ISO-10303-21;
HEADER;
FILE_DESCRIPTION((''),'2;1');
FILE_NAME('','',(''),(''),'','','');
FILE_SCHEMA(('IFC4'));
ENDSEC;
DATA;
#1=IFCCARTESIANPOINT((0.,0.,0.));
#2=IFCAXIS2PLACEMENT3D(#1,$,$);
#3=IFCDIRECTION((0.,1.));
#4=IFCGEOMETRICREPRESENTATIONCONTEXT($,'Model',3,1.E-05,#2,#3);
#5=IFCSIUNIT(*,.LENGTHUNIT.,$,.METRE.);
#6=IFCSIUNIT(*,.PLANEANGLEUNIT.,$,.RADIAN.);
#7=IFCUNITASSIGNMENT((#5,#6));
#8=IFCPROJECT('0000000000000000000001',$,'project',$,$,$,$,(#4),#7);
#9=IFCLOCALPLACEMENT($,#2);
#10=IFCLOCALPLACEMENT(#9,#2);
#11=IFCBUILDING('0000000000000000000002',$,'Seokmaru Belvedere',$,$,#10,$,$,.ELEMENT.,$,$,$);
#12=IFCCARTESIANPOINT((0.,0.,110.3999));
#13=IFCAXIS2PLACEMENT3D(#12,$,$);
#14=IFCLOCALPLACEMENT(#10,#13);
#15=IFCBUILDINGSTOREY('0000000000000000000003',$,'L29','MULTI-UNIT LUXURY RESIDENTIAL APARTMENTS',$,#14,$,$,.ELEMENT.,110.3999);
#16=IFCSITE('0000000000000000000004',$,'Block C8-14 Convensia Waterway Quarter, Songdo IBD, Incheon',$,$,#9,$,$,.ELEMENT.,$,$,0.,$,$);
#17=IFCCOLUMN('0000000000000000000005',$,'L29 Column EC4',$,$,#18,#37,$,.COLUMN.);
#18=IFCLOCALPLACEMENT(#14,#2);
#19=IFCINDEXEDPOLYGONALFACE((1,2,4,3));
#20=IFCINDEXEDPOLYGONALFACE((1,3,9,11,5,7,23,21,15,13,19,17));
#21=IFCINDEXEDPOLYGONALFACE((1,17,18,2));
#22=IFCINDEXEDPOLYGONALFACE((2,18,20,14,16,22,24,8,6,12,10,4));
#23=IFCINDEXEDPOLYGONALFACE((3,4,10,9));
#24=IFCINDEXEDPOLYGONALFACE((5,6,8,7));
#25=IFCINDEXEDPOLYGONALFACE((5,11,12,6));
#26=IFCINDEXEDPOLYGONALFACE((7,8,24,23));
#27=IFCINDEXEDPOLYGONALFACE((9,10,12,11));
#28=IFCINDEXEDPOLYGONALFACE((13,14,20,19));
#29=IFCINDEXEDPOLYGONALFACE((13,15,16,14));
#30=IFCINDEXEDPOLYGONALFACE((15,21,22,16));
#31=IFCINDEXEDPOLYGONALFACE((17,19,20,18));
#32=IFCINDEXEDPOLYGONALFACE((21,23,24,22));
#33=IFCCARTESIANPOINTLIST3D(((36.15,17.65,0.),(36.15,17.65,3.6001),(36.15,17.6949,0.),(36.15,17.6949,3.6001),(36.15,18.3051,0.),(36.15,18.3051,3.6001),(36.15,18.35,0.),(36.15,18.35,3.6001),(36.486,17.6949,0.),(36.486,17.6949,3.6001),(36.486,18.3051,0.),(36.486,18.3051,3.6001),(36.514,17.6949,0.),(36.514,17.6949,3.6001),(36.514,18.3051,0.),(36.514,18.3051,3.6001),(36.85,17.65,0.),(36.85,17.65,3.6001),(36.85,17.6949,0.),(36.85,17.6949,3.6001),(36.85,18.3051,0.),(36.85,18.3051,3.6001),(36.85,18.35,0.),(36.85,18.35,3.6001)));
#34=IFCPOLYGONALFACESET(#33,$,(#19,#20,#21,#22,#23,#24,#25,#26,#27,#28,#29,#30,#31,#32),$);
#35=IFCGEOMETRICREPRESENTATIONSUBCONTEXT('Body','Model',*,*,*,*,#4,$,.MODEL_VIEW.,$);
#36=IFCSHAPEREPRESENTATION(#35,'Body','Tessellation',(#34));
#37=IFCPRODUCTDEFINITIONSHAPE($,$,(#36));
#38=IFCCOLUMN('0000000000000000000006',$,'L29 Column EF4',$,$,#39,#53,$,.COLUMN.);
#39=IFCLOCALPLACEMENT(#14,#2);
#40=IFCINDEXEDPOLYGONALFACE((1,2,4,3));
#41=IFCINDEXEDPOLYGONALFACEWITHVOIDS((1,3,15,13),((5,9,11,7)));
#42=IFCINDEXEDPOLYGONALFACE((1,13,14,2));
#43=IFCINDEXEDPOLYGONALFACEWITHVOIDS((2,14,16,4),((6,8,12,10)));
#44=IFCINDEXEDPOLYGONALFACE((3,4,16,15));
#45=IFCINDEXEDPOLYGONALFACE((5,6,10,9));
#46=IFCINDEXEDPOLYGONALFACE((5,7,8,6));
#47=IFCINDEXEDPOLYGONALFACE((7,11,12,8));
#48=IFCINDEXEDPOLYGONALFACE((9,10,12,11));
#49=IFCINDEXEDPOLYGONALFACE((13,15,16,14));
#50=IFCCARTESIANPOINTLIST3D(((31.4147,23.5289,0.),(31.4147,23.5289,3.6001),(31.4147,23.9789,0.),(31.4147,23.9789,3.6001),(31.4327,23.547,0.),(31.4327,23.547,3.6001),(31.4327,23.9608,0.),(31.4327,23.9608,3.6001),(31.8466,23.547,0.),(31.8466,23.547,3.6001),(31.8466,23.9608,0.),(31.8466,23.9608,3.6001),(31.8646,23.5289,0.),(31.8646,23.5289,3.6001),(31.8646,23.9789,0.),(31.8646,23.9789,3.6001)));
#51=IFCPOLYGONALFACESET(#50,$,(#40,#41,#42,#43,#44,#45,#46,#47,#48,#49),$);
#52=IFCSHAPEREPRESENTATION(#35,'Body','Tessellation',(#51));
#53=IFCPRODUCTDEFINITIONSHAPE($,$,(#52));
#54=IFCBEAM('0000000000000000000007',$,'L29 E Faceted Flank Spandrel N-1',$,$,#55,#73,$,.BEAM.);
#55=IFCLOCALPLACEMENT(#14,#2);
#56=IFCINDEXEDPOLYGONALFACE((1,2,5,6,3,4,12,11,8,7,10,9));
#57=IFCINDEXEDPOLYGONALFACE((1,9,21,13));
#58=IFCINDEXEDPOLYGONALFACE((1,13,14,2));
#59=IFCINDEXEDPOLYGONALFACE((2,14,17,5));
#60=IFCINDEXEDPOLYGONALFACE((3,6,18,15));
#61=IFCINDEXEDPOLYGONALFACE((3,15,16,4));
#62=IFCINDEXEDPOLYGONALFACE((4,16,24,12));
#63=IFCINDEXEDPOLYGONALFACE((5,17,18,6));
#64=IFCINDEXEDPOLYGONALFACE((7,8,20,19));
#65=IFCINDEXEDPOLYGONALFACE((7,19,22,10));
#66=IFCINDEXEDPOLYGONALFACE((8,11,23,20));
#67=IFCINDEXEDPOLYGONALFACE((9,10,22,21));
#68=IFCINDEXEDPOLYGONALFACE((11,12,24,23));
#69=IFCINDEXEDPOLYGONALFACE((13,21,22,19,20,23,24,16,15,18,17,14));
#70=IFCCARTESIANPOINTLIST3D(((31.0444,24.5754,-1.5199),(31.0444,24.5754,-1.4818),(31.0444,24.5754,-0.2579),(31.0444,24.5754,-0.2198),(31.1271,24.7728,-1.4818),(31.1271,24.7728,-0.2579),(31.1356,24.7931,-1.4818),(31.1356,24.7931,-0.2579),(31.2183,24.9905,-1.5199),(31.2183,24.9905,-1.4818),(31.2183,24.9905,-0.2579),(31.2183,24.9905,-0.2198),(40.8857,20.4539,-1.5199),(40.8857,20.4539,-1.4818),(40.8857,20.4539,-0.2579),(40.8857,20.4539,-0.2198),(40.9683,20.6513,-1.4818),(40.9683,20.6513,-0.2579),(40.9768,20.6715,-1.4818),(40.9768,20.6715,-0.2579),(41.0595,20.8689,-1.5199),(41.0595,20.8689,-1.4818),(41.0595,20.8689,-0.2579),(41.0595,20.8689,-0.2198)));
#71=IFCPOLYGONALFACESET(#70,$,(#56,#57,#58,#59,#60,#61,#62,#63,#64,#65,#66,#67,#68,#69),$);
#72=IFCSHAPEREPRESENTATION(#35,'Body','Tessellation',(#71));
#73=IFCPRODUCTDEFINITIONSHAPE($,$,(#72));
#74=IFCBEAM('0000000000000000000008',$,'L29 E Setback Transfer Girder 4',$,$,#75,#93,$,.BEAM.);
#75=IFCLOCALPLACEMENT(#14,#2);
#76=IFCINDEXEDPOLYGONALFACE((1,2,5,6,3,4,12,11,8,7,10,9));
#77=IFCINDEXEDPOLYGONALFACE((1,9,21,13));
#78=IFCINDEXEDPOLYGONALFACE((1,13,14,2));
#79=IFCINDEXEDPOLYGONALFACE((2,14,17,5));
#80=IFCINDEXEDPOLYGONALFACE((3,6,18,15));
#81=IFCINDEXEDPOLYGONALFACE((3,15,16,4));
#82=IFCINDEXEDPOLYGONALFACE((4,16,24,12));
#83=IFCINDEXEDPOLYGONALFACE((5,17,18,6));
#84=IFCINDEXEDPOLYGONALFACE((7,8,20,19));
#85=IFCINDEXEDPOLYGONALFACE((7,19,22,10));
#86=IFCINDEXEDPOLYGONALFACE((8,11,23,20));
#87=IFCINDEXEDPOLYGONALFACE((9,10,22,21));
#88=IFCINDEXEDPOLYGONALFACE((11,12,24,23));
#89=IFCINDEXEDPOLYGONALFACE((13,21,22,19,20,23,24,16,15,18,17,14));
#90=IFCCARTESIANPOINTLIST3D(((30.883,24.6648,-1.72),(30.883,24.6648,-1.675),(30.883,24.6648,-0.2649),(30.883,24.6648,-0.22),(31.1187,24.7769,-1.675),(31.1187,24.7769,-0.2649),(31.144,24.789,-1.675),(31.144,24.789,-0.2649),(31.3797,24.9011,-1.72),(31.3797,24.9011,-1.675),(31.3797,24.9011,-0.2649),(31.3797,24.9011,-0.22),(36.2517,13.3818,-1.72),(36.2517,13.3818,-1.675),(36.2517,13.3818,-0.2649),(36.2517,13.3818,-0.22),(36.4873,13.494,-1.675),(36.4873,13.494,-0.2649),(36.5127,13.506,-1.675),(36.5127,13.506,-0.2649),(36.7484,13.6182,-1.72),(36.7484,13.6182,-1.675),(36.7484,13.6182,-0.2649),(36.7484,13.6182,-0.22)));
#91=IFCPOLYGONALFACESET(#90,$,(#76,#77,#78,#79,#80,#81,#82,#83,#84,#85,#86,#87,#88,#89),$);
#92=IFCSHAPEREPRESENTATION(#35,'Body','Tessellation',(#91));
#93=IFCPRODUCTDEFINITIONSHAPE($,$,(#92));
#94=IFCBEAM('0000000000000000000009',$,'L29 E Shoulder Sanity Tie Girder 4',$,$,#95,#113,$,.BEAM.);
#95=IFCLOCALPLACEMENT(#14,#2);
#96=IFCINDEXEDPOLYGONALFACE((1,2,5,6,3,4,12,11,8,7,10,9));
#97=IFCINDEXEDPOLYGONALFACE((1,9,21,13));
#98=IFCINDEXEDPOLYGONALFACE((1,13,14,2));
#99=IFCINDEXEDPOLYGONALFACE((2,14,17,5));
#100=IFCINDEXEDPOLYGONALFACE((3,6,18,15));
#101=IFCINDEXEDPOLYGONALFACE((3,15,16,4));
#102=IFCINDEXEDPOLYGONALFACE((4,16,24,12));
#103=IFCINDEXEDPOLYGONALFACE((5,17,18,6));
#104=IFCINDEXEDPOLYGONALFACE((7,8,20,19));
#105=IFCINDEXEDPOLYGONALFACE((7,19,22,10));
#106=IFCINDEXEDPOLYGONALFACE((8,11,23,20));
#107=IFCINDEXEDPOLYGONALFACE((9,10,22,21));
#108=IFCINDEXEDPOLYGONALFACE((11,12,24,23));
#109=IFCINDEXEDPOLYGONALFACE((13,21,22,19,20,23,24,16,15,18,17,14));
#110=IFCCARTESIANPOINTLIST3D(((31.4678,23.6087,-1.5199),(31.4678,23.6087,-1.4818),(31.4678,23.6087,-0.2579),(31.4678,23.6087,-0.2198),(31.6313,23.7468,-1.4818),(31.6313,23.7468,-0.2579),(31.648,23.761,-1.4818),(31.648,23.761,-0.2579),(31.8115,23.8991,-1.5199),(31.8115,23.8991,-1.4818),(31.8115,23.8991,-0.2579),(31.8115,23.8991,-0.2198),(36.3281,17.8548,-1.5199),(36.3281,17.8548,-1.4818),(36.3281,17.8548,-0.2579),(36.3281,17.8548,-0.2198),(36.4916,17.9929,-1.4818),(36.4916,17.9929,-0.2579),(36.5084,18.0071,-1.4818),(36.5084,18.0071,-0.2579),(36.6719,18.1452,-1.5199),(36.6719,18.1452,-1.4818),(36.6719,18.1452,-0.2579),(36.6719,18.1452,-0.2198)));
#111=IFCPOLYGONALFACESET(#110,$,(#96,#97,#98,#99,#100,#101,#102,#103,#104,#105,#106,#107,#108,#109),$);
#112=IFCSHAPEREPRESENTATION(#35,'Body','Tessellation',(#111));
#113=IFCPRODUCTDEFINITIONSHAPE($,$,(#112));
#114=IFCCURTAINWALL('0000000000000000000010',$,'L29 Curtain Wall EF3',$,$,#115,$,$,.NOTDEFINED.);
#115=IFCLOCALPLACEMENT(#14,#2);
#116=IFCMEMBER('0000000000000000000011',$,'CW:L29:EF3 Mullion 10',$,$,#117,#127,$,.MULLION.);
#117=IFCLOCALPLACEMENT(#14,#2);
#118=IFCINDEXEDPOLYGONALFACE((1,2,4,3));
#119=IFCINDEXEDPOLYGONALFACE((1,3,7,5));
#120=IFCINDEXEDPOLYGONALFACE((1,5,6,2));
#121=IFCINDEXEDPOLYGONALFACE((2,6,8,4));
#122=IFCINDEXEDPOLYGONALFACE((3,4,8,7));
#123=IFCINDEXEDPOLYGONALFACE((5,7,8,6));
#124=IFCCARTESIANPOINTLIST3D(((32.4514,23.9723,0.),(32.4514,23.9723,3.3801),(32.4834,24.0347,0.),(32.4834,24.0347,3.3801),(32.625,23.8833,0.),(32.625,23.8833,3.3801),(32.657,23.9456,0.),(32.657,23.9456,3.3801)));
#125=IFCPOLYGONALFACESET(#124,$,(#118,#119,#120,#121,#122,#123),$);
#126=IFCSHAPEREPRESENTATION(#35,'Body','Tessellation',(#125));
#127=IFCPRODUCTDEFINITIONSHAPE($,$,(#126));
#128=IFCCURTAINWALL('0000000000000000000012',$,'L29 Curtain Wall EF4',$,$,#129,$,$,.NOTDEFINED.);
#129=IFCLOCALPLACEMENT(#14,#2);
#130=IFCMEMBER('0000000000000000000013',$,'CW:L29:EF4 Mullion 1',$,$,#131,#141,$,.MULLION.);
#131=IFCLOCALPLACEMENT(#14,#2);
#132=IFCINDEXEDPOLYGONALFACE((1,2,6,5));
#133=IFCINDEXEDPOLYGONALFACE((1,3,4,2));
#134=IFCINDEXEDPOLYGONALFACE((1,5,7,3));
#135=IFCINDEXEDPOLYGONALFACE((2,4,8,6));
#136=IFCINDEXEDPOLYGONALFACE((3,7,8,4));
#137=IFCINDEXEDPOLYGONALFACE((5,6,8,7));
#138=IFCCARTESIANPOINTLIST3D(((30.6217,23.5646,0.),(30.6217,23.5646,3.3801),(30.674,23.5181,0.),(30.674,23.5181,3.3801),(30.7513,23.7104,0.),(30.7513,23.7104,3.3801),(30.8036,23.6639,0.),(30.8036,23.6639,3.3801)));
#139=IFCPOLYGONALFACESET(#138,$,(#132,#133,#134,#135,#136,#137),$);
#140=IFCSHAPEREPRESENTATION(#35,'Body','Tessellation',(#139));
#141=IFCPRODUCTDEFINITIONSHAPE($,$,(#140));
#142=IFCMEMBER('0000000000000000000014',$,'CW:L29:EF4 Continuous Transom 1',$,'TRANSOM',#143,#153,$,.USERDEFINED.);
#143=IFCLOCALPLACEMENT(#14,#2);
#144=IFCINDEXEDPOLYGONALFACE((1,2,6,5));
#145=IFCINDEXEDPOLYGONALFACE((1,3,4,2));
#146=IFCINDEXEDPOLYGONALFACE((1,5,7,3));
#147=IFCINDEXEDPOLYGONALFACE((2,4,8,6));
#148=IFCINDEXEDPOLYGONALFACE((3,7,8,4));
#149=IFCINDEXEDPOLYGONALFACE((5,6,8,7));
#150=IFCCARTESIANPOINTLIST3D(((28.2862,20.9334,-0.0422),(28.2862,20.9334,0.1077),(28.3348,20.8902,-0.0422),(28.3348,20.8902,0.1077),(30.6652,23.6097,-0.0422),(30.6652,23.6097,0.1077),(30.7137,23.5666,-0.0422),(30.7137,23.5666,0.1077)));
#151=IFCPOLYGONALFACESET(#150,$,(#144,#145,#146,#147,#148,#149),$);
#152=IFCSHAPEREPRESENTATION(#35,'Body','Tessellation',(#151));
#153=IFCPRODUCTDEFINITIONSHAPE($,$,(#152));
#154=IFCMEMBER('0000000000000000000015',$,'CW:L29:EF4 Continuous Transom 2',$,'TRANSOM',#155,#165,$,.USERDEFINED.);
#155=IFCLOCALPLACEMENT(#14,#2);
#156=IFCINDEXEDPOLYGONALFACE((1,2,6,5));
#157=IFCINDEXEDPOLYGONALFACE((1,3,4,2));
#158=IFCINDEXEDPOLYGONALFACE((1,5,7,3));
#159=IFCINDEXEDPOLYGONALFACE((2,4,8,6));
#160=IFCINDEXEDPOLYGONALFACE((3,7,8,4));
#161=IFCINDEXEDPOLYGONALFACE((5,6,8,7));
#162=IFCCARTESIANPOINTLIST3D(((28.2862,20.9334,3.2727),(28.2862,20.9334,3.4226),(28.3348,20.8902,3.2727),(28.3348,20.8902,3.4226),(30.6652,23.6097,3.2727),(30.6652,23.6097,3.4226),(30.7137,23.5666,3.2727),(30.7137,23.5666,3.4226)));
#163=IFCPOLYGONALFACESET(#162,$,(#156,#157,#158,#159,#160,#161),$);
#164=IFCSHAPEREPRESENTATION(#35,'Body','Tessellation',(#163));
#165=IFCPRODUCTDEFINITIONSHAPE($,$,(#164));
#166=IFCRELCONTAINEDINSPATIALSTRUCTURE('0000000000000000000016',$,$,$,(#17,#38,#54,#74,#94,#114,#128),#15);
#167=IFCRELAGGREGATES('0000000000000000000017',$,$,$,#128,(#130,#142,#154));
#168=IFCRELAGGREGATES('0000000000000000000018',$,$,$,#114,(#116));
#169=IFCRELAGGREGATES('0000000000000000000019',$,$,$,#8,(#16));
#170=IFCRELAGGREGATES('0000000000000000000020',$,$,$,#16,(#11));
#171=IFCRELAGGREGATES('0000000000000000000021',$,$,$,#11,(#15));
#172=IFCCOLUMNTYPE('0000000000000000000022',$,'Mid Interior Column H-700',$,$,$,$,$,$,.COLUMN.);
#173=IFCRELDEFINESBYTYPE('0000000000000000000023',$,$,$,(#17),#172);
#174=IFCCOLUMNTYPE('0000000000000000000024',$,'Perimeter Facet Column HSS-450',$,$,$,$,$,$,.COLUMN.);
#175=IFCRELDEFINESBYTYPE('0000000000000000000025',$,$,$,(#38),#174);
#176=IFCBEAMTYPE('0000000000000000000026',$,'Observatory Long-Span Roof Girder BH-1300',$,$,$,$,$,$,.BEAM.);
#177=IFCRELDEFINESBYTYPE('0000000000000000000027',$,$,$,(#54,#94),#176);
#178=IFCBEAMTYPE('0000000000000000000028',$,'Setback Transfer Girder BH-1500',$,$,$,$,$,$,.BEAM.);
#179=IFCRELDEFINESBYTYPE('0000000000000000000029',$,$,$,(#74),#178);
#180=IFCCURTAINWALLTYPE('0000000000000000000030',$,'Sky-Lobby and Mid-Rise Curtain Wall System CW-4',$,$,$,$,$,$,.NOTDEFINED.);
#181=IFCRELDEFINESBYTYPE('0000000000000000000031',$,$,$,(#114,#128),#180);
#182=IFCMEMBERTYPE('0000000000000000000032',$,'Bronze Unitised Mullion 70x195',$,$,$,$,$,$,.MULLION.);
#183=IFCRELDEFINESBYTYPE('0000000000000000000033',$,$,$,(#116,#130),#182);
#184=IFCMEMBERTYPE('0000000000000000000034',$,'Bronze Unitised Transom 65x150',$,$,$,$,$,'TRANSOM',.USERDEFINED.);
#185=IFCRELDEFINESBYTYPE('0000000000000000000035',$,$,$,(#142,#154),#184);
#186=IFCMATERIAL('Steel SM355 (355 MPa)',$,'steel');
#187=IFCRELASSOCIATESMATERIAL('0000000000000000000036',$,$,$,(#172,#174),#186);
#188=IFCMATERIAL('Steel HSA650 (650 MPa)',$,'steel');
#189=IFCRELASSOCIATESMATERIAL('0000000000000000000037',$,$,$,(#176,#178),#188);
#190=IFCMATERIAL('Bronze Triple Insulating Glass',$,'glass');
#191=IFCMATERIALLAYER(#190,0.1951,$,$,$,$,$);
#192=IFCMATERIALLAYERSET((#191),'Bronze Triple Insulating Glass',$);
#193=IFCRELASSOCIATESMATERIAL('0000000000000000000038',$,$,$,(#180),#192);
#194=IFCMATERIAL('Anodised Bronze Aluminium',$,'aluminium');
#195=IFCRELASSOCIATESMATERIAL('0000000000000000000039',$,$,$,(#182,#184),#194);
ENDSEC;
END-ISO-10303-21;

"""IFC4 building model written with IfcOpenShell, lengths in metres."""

from ifc_helpers import new_model, si_unit, direction, frame, origin, origin_2d, place, context, subcontext, project, spatial, rectangle, hollow_rectangle, i_section, extrude, source, transform, mapped, material, layer, layer_set, material_profile, profile_set, type_object, type_shapes, element, aggregate, save


model = new_model("IFC4")

# Units and contexts
model_context = context("Model", 3, precision=1e-05, world=origin(), true_north=direction((0.0, 1.0)))
body_context = subcontext(model_context, "Body", "Model", "MODEL_VIEW")
ifc_project = project(units=[si_unit("LENGTHUNIT", "METRE"), si_unit("PLANEANGLEUNIT", "RADIAN")], contexts=[model_context])

# Site, building, storey
site_placement = place(None, origin())
site = spatial("IfcSite", under=ifc_project, at=site_placement, Name="Block C8-14 Convensia Waterway Quarter, Songdo IBD, Incheon", CompositionType="ELEMENT", RefElevation=0.0)
building_placement = place(site_placement, origin())
building = spatial("IfcBuilding", under=site, at=building_placement, Name="Seokmaru Belvedere", CompositionType="ELEMENT")
storey_placement = place(building_placement, frame((0.0, 0.0, 110.3999)))
storey = spatial("IfcBuildingStorey", under=building, at=storey_placement, Name="L29", Description="MULTI-UNIT LUXURY RESIDENTIAL APARTMENTS", CompositionType="ELEMENT", Elevation=110.3999)

# Columns
ifc_material_1 = material(Name="Steel SM355 (355 MPa)", Category="steel")
ifc_material_profile_1 = material_profile(ifc_material_1, i_section(OverallWidth=0.7, OverallDepth=0.7, WebThickness=0.0281, FlangeThickness=0.0449, at=origin_2d()), Name="H-700x700x28x45")
ifc_profile_set_1 = profile_set([ifc_material_profile_1], Name="Steel SM355 (355 MPa)")
column_type_1 = type_object("IfcColumnType", Name="Mid Interior Column H-700", PredefinedType="COLUMN", material=ifc_profile_set_1)
shared_shape_1 = source(origin(), body_context, "Body", "SweptSolid", [
    extrude(i_section(OverallWidth=0.7, OverallDepth=0.7, WebThickness=0.0281, FlangeThickness=0.0449, at=origin_2d()), origin(), (0.0, 0.0, 1.0), 3.6001),
])
type_shapes(column_type_1, [shared_shape_1])
column_1_placement = place(storey_placement, frame((36.5, 18.0, 0.0), z_axis=(0.0, 0.0, 1.0), x_axis=(1.0, 0.0, 0.0)))
element("IfcColumn", 1, at=column_1_placement, inside=storey, type_object=column_type_1, Name="L29 Column EC4", PredefinedType="COLUMN", context=body_context, shape_type="MappedRepresentation", body=[
    mapped(shared_shape_1, transform((0.0, 0.0, 0.0), scale=1.0)),
])
ifc_material_profile_2 = material_profile(ifc_material_1, hollow_rectangle(XDim=0.45, YDim=0.45, WallThickness=0.0181, at=origin_2d()), Name="HSS-450x450x18")
ifc_profile_set_2 = profile_set([ifc_material_profile_2], Name="Steel SM355 (355 MPa)")
column_type_2 = type_object("IfcColumnType", Name="Perimeter Facet Column HSS-450", PredefinedType="COLUMN", material=ifc_profile_set_2)
shared_shape_2 = source(origin(), body_context, "Body", "SweptSolid", [
    extrude(hollow_rectangle(XDim=0.45, YDim=0.45, WallThickness=0.0181, at=origin_2d()), origin(), (0.0, 0.0, 1.0), 3.6001),
])
type_shapes(column_type_2, [shared_shape_2])
column_2_placement = place(storey_placement, frame((31.6396, 23.7539, 0.0), z_axis=(0.0, 0.0, 1.0), x_axis=(1.0, 0.0, 0.0)))
element("IfcColumn", 2, at=column_2_placement, inside=storey, type_object=column_type_2, Name="L29 Column EF4", PredefinedType="COLUMN", context=body_context, shape_type="MappedRepresentation", body=[
    mapped(shared_shape_2, transform((0.0, 0.0, 0.0), scale=1.0)),
])

# Beams
ifc_material_2 = material(Name="Steel HSA650 (650 MPa)", Category="steel")
ifc_material_profile_3 = material_profile(ifc_material_2, i_section(OverallWidth=0.45, OverallDepth=1.3, WebThickness=0.022, FlangeThickness=0.0381, at=origin_2d()), Name="BH-1300x450x22x38")
ifc_profile_set_3 = profile_set([ifc_material_profile_3], Name="Steel HSA650 (650 MPa)")
beam_type_1 = type_object("IfcBeamType", Name="Observatory Long-Span Roof Girder BH-1300", PredefinedType="BEAM", material=ifc_profile_set_3)
shared_shape_3 = source(origin(), body_context, "Body", "SweptSolid", [
    extrude(i_section(OverallWidth=0.45, OverallDepth=1.3, WebThickness=0.022, FlangeThickness=0.0381, at=origin_2d()), origin(), (0.0, 0.0, 1.0), 10.6694),
])
beam_1_placement = place(storey_placement, frame((31.1313, 24.783, -0.8699), z_axis=(0.922375, -0.386295, 0.0), x_axis=(0.386295, 0.922375, 0.0)))
element("IfcBeam", 3, at=beam_1_placement, inside=storey, type_object=beam_type_1, Name="L29 E Faceted Flank Spandrel N-1", PredefinedType="BEAM", context=body_context, shape_type="MappedRepresentation", body=[
    mapped(shared_shape_3, transform((0.0, 0.0, 0.0), scale=1.0)),
])
ifc_material_profile_4 = material_profile(ifc_material_2, i_section(OverallWidth=0.55, OverallDepth=1.5, WebThickness=0.0281, FlangeThickness=0.0449, at=origin_2d()), Name="BH-1500x550x28x45")
ifc_profile_set_4 = profile_set([ifc_material_profile_4], Name="Steel HSA650 (650 MPa)")
beam_type_2 = type_object("IfcBeamType", Name="Setback Transfer Girder BH-1500", PredefinedType="BEAM", material=ifc_profile_set_4)
shared_shape_4 = source(origin(), body_context, "Body", "SweptSolid", [
    extrude(i_section(OverallWidth=0.55, OverallDepth=1.5, WebThickness=0.0281, FlangeThickness=0.0449, at=origin_2d()), origin(), (0.0, 0.0, 1.0), 12.4951),
])
type_shapes(beam_type_2, [shared_shape_4])
beam_2_placement = place(storey_placement, frame((31.1313, 24.783, -0.97), z_axis=(0.429661, -0.90299, 0.0), x_axis=(0.90299, 0.429661, 0.0)))
element("IfcBeam", 4, at=beam_2_placement, inside=storey, type_object=beam_type_2, Name="L29 E Setback Transfer Girder 4", PredefinedType="BEAM", context=body_context, shape_type="MappedRepresentation", body=[
    mapped(shared_shape_4, transform((0.0, 0.0, 0.0), scale=1.0)),
])
shared_shape_5 = source(origin(), body_context, "Body", "SweptSolid", [
    extrude(i_section(OverallWidth=0.45, OverallDepth=1.3, WebThickness=0.022, FlangeThickness=0.0381, at=origin_2d()), origin(), (0.0, 0.0, 1.0), 7.532),
])
type_shapes(beam_type_1, [shared_shape_3, shared_shape_5])
beam_3_placement = place(storey_placement, frame((31.6396, 23.7539, -0.8699), z_axis=(0.645297, -0.763932, 0.0), x_axis=(0.763932, 0.645297, 0.0)))
element("IfcBeam", 5, at=beam_3_placement, inside=storey, type_object=beam_type_1, Name="L29 E Shoulder Sanity Tie Girder 4", PredefinedType="BEAM", context=body_context, shape_type="MappedRepresentation", body=[
    mapped(shared_shape_5, transform((0.0, 0.0, 0.0), scale=1.0)),
])

# Curtain wall, member
ifc_material_3 = material(Name="Bronze Triple Insulating Glass", Category="glass")
ifc_layer_1 = layer(ifc_material_3, 0.1951)
ifc_layer_set_1 = layer_set([ifc_layer_1], Name="Bronze Triple Insulating Glass")
curtain_wall_type = type_object("IfcCurtainWallType", Name="Sky-Lobby and Mid-Rise Curtain Wall System CW-4", PredefinedType="NOTDEFINED", material=ifc_layer_set_1)
curtain_wall_1_placement = place(storey_placement, origin())
curtain_wall_1 = element("IfcCurtainWall", 6, at=curtain_wall_1_placement, inside=storey, type_object=curtain_wall_type, Name="L29 Curtain Wall EF3", PredefinedType="NOTDEFINED")
ifc_material_4 = material(Name="Anodised Bronze Aluminium", Category="aluminium")
ifc_material_profile_5 = material_profile(ifc_material_4, rectangle(XDim=0.0701, YDim=0.1951, at=origin_2d()), Name="CW-M-70x195")
ifc_profile_set_5 = profile_set([ifc_material_profile_5], Name="Anodised Bronze Aluminium")
member_type_1 = type_object("IfcMemberType", Name="Bronze Unitised Mullion 70x195", PredefinedType="MULLION", material=ifc_profile_set_5)
shared_shape_6 = source(origin(), body_context, "Body", "SweptSolid", [
    extrude(rectangle(XDim=0.0701, YDim=0.1951, at=origin_2d()), origin(), (0.0, 0.0, 1.0), 3.3801),
])
member_1_placement = place(storey_placement, frame((32.5542, 23.959, 0.0), z_axis=(0.0, 0.0, 1.0), x_axis=(-0.456555, -0.889695, 0.0)))
member_1 = element("IfcMember", 7, at=member_1_placement, type_object=member_type_1, Name="CW:L29:EF3 Mullion 10", PredefinedType="MULLION", context=body_context, shape_type="MappedRepresentation", body=[
    mapped(shared_shape_6, transform((0.0, 0.0, 0.0), scale=1.0)),
])

# Curtain wall, members
curtain_wall_2_placement = place(storey_placement, origin())
curtain_wall_2 = element("IfcCurtainWall", 8, at=curtain_wall_2_placement, inside=storey, type_object=curtain_wall_type, Name="L29 Curtain Wall EF4", PredefinedType="NOTDEFINED")
member_2_placement = place(storey_placement, frame((30.7126, 23.6143, 0.0), z_axis=(0.0, 0.0, 1.0), x_axis=(0.74741, -0.664363, 0.0)))
member_2 = element("IfcMember", 9, at=member_2_placement, type_object=member_type_1, Name="CW:L29:EF4 Mullion 1", PredefinedType="MULLION", context=body_context, shape_type="MappedRepresentation", body=[
    mapped(shared_shape_6, transform((0.0, 0.0, 0.0), scale=1.0)),
])
ifc_material_profile_6 = material_profile(ifc_material_4, rectangle(XDim=0.0649, YDim=0.1499, at=origin_2d()), Name="CW-T-65x150")
ifc_profile_set_6 = profile_set([ifc_material_profile_6], Name="Anodised Bronze Aluminium")
member_type_2 = type_object("IfcMemberType", Name="Bronze Unitised Transom 65x150", ElementType="TRANSOM", PredefinedType="USERDEFINED", material=ifc_profile_set_6)
shared_shape_7 = source(origin(), body_context, "Body", "SweptSolid", [
    extrude(rectangle(XDim=0.0649, YDim=0.1499, at=origin_2d()), origin(), (0.0, 0.0, 1.0), 3.5808),
])
type_shapes(member_type_2, [shared_shape_7])
member_3_placement = place(storey_placement, frame((30.6895, 23.5881, 0.0327), z_axis=(-0.664364, -0.747409, 0.0), x_axis=(0.747409, -0.664364, 0.0)))
member_3 = element("IfcMember", 10, at=member_3_placement, type_object=member_type_2, Name="CW:L29:EF4 Continuous Transom 1", ObjectType="TRANSOM", PredefinedType="USERDEFINED", context=body_context, shape_type="MappedRepresentation", body=[
    mapped(shared_shape_7, transform((0.0, 0.0, 0.0), scale=1.0)),
])
member_4_placement = place(storey_placement, frame((30.6895, 23.5881, 3.3477), z_axis=(-0.664364, -0.747409, 0.0), x_axis=(0.747409, -0.664364, 0.0)))
member_4 = element("IfcMember", 11, at=member_4_placement, type_object=member_type_2, Name="CW:L29:EF4 Continuous Transom 2", ObjectType="TRANSOM", PredefinedType="USERDEFINED", context=body_context, shape_type="MappedRepresentation", body=[
    mapped(shared_shape_7, transform((0.0, 0.0, 0.0), scale=1.0)),
])
aggregate(curtain_wall_2, [member_2, member_3, member_4])

aggregate(curtain_wall_1, [member_1])

save(model, "model.ifc")
